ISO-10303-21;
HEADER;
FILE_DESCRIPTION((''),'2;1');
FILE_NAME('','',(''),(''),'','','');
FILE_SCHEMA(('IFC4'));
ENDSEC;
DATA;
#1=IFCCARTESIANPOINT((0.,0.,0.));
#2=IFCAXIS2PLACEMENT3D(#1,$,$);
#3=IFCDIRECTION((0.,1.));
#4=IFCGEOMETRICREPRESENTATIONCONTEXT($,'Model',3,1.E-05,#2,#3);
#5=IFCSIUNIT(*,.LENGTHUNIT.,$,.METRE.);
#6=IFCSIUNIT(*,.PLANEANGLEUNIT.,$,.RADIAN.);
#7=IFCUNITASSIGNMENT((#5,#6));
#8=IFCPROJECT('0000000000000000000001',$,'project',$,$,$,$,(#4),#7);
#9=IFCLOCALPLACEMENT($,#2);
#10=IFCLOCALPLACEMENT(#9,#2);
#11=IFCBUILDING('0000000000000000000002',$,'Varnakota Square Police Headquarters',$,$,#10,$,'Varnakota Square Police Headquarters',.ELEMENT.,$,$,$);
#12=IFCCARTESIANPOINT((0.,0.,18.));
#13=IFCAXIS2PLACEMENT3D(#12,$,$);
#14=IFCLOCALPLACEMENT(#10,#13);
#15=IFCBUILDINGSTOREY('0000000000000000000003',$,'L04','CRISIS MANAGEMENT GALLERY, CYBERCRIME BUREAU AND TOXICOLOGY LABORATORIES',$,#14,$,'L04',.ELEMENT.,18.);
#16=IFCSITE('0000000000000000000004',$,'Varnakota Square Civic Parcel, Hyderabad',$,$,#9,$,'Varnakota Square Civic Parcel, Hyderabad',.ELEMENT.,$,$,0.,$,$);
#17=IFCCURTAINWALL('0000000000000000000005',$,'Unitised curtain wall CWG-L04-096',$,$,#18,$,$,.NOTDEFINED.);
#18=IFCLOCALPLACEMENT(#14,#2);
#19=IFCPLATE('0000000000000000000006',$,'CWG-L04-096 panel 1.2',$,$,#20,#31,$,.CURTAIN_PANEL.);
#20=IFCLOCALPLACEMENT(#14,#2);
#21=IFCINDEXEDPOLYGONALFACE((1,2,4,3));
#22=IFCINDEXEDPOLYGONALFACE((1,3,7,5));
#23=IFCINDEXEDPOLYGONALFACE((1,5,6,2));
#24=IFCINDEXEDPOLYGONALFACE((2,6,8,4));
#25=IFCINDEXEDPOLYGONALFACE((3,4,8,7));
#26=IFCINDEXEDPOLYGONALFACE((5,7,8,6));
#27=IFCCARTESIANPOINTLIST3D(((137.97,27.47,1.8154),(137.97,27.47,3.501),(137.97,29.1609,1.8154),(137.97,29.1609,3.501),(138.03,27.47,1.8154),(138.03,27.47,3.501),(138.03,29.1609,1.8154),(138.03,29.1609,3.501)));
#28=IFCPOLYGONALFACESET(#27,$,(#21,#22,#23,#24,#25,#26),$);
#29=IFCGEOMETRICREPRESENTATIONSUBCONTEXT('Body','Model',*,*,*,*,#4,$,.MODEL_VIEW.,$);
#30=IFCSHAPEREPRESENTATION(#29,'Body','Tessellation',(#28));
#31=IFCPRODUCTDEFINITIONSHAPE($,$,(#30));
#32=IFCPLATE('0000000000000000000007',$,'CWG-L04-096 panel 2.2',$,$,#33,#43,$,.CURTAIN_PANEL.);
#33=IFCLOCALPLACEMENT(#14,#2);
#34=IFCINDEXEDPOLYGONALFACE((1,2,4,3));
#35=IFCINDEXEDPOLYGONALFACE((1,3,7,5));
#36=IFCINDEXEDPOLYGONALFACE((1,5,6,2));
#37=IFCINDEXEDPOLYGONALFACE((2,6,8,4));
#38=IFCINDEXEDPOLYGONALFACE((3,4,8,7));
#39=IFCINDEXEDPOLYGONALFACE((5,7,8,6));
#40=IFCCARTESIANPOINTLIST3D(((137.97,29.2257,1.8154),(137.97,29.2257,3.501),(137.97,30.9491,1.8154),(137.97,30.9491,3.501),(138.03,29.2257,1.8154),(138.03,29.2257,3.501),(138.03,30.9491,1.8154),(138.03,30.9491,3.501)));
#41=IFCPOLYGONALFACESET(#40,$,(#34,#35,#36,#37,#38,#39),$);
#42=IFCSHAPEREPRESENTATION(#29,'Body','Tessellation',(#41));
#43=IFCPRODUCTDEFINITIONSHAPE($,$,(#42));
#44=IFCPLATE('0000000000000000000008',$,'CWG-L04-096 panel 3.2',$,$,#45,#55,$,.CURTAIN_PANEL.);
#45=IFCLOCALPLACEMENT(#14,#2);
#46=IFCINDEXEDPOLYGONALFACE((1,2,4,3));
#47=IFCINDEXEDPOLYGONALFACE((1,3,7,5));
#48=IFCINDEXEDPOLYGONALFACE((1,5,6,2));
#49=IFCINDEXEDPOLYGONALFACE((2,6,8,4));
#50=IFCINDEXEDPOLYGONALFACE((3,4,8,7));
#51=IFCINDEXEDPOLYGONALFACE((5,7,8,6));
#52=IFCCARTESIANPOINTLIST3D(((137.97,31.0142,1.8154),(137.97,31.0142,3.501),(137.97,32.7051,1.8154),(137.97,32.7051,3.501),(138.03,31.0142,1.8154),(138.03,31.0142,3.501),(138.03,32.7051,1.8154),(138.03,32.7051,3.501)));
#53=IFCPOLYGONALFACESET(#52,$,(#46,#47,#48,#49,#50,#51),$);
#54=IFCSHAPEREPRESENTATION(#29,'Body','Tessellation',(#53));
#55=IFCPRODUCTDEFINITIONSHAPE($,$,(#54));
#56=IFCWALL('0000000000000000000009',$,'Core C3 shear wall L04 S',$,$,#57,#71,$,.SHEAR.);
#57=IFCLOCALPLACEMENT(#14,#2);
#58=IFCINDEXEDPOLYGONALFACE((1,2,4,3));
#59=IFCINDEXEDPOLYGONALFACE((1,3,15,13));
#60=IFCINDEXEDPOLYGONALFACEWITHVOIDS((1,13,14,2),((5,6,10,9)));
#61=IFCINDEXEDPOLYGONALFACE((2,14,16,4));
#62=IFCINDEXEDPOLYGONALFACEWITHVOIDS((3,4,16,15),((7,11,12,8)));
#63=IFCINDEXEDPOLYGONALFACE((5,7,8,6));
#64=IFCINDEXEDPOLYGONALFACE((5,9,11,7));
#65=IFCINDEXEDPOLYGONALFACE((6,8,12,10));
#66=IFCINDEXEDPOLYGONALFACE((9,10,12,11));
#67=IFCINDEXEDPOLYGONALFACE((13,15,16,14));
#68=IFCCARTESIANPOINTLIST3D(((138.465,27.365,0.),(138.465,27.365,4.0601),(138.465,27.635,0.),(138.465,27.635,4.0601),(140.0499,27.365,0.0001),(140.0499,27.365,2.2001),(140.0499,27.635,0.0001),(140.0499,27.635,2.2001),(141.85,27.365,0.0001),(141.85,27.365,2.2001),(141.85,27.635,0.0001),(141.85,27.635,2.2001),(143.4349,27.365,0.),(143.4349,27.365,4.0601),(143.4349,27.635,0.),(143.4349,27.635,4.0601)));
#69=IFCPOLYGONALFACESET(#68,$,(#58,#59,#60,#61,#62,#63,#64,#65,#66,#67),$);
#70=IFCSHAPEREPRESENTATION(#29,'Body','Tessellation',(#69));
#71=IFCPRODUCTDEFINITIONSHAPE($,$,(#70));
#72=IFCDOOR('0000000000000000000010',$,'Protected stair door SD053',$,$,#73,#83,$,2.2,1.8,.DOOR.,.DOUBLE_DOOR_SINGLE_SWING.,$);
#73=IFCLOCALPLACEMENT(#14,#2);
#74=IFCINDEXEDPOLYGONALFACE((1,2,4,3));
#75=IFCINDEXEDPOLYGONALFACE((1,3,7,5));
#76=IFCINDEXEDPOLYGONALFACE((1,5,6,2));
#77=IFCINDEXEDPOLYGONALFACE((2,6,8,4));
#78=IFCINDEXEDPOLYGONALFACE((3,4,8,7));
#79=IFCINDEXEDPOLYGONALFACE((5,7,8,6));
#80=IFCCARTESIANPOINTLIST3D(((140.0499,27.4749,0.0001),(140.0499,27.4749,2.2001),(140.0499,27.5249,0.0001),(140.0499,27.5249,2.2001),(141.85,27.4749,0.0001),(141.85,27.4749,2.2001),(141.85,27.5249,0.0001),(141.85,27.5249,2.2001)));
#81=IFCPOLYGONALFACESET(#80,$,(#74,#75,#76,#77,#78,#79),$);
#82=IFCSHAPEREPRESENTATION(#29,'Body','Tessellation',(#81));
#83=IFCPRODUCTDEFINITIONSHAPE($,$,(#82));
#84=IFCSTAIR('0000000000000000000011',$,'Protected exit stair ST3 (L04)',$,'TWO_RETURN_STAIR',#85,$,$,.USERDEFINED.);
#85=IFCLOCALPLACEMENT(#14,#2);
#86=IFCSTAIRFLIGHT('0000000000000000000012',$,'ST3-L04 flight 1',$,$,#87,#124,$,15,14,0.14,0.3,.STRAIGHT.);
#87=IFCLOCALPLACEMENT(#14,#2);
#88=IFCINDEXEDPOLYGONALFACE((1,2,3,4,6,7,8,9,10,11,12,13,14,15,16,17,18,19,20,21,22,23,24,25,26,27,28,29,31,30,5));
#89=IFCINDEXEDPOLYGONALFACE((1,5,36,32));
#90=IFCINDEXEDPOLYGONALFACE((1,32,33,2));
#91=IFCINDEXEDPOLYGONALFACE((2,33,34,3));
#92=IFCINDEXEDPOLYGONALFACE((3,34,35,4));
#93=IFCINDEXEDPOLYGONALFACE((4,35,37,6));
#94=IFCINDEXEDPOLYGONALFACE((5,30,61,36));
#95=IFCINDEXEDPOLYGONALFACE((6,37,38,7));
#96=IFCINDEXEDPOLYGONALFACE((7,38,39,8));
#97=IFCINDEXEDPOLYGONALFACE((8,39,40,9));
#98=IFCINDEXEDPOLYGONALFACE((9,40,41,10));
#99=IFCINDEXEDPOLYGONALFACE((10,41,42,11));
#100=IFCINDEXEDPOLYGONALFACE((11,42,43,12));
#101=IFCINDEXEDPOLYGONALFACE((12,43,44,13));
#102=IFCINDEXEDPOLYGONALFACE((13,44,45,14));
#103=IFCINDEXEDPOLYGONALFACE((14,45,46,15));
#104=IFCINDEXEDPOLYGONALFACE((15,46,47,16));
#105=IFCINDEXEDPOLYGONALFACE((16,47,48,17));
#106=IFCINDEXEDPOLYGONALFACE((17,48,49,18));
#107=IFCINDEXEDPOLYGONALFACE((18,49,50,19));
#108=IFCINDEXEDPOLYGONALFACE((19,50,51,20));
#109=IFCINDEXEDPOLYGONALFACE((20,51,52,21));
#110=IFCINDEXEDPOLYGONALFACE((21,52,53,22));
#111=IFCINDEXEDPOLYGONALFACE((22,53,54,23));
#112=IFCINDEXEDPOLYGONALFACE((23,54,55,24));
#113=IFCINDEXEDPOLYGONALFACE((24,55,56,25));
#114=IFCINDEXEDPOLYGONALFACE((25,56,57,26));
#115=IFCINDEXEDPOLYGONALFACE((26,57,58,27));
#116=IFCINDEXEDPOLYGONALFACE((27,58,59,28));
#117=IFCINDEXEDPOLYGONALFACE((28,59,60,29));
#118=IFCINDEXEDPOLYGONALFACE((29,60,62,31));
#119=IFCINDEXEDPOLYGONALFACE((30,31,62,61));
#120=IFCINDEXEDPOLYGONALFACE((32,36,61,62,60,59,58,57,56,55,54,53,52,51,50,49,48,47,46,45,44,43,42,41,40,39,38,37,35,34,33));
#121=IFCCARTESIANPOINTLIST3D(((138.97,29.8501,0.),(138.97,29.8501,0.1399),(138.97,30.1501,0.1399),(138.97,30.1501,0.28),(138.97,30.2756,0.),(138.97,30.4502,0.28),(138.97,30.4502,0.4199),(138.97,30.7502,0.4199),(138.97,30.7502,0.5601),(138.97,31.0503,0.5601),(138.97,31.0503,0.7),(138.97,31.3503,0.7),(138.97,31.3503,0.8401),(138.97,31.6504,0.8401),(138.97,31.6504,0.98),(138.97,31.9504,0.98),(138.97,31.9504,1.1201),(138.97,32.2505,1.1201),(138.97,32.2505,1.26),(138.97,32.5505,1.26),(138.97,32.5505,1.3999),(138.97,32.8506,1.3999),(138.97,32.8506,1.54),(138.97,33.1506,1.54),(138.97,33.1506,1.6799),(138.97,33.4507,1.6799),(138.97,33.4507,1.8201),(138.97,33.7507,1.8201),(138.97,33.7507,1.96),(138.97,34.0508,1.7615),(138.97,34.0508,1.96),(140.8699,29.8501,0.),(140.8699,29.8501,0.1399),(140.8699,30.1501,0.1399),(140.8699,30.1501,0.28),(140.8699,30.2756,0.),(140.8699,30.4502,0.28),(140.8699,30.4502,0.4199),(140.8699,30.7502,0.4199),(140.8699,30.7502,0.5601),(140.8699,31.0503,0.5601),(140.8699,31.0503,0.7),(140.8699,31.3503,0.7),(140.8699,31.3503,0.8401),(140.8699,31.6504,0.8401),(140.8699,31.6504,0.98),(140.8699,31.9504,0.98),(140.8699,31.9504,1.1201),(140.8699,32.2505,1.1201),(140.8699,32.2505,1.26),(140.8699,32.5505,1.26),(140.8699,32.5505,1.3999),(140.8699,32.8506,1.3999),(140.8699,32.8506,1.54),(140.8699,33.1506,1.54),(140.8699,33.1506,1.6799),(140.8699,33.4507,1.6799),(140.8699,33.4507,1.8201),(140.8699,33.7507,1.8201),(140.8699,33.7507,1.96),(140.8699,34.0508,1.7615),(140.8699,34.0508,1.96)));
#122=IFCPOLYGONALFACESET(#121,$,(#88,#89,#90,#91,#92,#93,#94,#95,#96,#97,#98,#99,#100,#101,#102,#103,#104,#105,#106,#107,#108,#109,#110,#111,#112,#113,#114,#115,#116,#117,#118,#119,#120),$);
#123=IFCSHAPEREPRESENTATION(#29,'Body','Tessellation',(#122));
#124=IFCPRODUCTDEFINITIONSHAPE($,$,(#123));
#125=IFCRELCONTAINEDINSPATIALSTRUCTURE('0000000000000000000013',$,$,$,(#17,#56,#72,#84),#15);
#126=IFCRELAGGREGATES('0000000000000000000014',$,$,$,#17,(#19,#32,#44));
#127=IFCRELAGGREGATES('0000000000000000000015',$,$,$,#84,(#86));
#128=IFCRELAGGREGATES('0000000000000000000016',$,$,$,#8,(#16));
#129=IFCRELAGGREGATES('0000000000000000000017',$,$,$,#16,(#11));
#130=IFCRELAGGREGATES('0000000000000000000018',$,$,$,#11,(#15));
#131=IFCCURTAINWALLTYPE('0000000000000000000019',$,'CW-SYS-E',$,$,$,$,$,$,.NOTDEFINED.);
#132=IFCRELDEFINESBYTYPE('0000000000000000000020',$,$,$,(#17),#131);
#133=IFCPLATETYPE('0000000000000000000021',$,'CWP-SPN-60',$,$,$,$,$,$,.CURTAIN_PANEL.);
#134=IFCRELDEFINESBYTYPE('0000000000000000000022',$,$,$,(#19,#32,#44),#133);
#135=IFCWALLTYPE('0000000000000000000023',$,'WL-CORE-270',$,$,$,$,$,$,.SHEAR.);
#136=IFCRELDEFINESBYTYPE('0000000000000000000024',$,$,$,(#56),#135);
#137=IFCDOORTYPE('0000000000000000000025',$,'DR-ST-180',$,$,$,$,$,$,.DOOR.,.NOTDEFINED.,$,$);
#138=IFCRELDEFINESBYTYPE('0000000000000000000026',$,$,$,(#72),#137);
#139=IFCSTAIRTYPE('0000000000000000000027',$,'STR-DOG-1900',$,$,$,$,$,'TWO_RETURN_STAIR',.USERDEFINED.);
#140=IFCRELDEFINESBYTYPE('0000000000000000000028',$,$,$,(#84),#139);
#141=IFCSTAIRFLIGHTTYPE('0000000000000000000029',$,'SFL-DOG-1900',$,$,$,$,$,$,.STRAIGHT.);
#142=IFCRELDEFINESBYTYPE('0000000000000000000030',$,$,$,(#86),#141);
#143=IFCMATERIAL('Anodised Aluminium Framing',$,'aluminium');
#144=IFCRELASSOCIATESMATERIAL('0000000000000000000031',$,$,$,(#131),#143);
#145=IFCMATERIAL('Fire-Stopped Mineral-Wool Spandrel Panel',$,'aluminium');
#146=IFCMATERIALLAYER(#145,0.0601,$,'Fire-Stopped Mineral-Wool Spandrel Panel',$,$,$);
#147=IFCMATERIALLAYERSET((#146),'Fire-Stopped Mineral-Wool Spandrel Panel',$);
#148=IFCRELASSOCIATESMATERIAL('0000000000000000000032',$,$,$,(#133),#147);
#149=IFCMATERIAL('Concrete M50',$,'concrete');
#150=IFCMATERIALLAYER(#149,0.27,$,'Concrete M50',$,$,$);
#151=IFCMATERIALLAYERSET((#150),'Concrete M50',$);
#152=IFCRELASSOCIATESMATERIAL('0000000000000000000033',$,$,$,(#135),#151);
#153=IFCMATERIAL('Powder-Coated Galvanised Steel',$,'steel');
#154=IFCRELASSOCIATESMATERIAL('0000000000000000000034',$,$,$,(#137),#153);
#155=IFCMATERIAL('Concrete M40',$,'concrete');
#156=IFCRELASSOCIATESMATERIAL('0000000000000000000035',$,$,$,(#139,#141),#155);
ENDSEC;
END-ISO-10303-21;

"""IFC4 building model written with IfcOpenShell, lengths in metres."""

from ifc_helpers import new_model, si_unit, direction, frame, frame_2d, origin, origin_2d, place, context, subcontext, project, spatial, polyline, rectangle, outline, extrude, material, layer, layer_set, type_object, element, fill, aggregate, save


model = new_model("IFC4")

# Units and contexts
model_context = context("Model", 3, precision=1e-05, world=origin(), true_north=direction((0.0, 1.0)))
body_context = subcontext(model_context, "Body", "Model", "MODEL_VIEW")
ifc_project = project(units=[si_unit("LENGTHUNIT", "METRE"), si_unit("PLANEANGLEUNIT", "RADIAN")], contexts=[model_context])

# Site, building, storey
site_placement = place(None, origin())
site = spatial("IfcSite", under=ifc_project, at=site_placement, Name="Varnakota Square Civic Parcel, Hyderabad", LongName="Varnakota Square Civic Parcel, Hyderabad", CompositionType="ELEMENT", RefElevation=0.0)
building_placement = place(site_placement, origin())
building = spatial("IfcBuilding", under=site, at=building_placement, Name="Varnakota Square Police Headquarters", LongName="Varnakota Square Police Headquarters", CompositionType="ELEMENT")
storey_placement = place(building_placement, frame((0.0, 0.0, 18.0)))
storey = spatial("IfcBuildingStorey", under=building, at=storey_placement, Name="L04", Description="CRISIS MANAGEMENT GALLERY, CYBERCRIME BUREAU AND TOXICOLOGY LABORATORIES", LongName="L04", CompositionType="ELEMENT", Elevation=18.0)

# Curtain wall, plates
ifc_material_1 = material(Name="Anodised Aluminium Framing", Category="aluminium")
curtain_wall_type = type_object("IfcCurtainWallType", Name="CW-SYS-E", PredefinedType="NOTDEFINED", material=ifc_material_1)
curtain_wall_placement = place(storey_placement, origin())
curtain_wall = element("IfcCurtainWall", 1, at=curtain_wall_placement, inside=storey, type_object=curtain_wall_type, Name="Unitised curtain wall CWG-L04-096", PredefinedType="NOTDEFINED")
ifc_material_2 = material(Name="Fire-Stopped Mineral-Wool Spandrel Panel", Category="aluminium")
ifc_layer_1 = layer(ifc_material_2, 0.0601, Name="Fire-Stopped Mineral-Wool Spandrel Panel")
ifc_layer_set_1 = layer_set([ifc_layer_1], Name="Fire-Stopped Mineral-Wool Spandrel Panel")
plate_type_1 = type_object("IfcPlateType", Name="CWP-SPN-60", PredefinedType="CURTAIN_PANEL", material=ifc_layer_set_1)
plate_1_placement = place(storey_placement, frame((138.0, 28.3154, 1.8154), z_axis=(0.0, 0.0, 1.0), x_axis=(0.0, 1.0, 0.0)))
plate_1 = element("IfcPlate", 2, at=plate_1_placement, type_object=plate_type_1, Name="CWG-L04-096 panel 1.2", PredefinedType="CURTAIN_PANEL", context=body_context, shape_type="SweptSolid", body=[
    extrude(rectangle(XDim=1.6909, YDim=0.0601, at=origin_2d()), origin(), (0.0, 0.0, 1.0), 1.6855),
])
plate_2_placement = place(storey_placement, frame((138.0, 30.0874, 1.8154), z_axis=(0.0, 0.0, 1.0), x_axis=(0.0, 1.0, 0.0)))
plate_2 = element("IfcPlate", 3, at=plate_2_placement, type_object=plate_type_1, Name="CWG-L04-096 panel 2.2", PredefinedType="CURTAIN_PANEL", context=body_context, shape_type="SweptSolid", body=[
    extrude(rectangle(XDim=1.7234, YDim=0.0601, at=origin_2d()), origin(), (0.0, 0.0, 1.0), 1.6855),
])
plate_3_placement = place(storey_placement, frame((138.0, 31.8596, 1.8154), z_axis=(0.0, 0.0, 1.0), x_axis=(0.0, 1.0, 0.0)))
plate_3 = element("IfcPlate", 4, at=plate_3_placement, type_object=plate_type_1, Name="CWG-L04-096 panel 3.2", PredefinedType="CURTAIN_PANEL", context=body_context, shape_type="SweptSolid", body=[
    extrude(rectangle(XDim=1.6909, YDim=0.0601, at=origin_2d()), origin(), (0.0, 0.0, 1.0), 1.6855),
])
aggregate(curtain_wall, [plate_1, plate_2, plate_3])

# Wall, opening, door
ifc_material_3 = material(Name="Concrete M50", Category="concrete")
ifc_layer_2 = layer(ifc_material_3, 0.27, Name="Concrete M50")
ifc_layer_set_2 = layer_set([ifc_layer_2], Name="Concrete M50")
wall_type = type_object("IfcWallType", Name="WL-CORE-270", PredefinedType="SHEAR", material=ifc_layer_set_2)
wall_placement = place(storey_placement, frame((138.4651, 27.5, 0.0), z_axis=(0.0, 0.0, 1.0), x_axis=(1.0, 0.0, 0.0)))
wall = element("IfcWall", 5, at=wall_placement, inside=storey, type_object=wall_type, Name="Core C3 shear wall L04 S", PredefinedType="SHEAR", context=body_context, shape_type="SweptSolid", body=[
    extrude(rectangle(XDim=4.97, YDim=0.27, at=frame_2d((2.4849, 0.0))), origin(), (0.0, 0.0, 1.0), 4.0601),
])
opening_placement = place(wall_placement, frame((1.585, 0.0, 0.0)))
opening = element("IfcOpeningElement", 6, at=opening_placement, cuts=wall, PredefinedType="OPENING", context=body_context, shape_type="SweptSolid", body=[
    extrude(rectangle(XDim=1.8, YDim=2.2, at=frame_2d((0.8999, 1.1001))), frame((0.0, 0.145, 0.0), z_axis=(0.0, -1.0, 0.0), x_axis=(1.0, 0.0, 0.0)), (0.0, 0.0, 1.0), 0.29),
])
ifc_material_4 = material(Name="Powder-Coated Galvanised Steel", Category="steel")
door_type = type_object("IfcDoorType", Name="DR-ST-180", OperationType="NOTDEFINED", PredefinedType="DOOR", material=ifc_material_4)
door_placement = place(opening_placement, origin())
door = element("IfcDoor", 7, at=door_placement, inside=storey, type_object=door_type, Name="Protected stair door SD053", OperationType="DOUBLE_DOOR_SINGLE_SWING", OverallHeight=2.2, OverallWidth=1.8, PredefinedType="DOOR", context=body_context, shape_type="SweptSolid", body=[
    extrude(rectangle(XDim=1.8, YDim=2.2, at=frame_2d((0.8999, 1.1001))), frame((0.0, 0.0249, 0.0), z_axis=(0.0, -1.0, 0.0), x_axis=(1.0, 0.0, 0.0)), (0.0, 0.0, 1.0), 0.05),
])
fill(opening, door)

# Stair, stair flight
ifc_material_5 = material(Name="Concrete M40", Category="concrete")
stair_type = type_object("IfcStairType", Name="STR-DOG-1900", ElementType="TWO_RETURN_STAIR", PredefinedType="USERDEFINED", material=ifc_material_5)
stair_placement = place(storey_placement, origin())
stair = element("IfcStair", 8, at=stair_placement, inside=storey, type_object=stair_type, Name="Protected exit stair ST3 (L04)", ObjectType="TWO_RETURN_STAIR", PredefinedType="USERDEFINED")
stair_flight_type = type_object("IfcStairFlightType", Name="SFL-DOG-1900", PredefinedType="STRAIGHT", material=ifc_material_5)
stair_flight_placement = place(storey_placement, frame((139.9199, 29.8501, 0.0), z_axis=(0.0, 0.0, 1.0), x_axis=(0.0, 1.0, 0.0)))
stair_flight = element("IfcStairFlight", 9, at=stair_flight_placement, type_object=stair_flight_type, Name="ST3-L04 flight 1", NumberOfRisers=15, NumberOfTreads=14, PredefinedType="STRAIGHT", RiserHeight=0.14, TreadLength=0.3, context=body_context, shape_type="SweptSolid", body=[
    extrude(outline(polyline([(0.0, 0.0), (0.0, 0.1399), (0.3, 0.1399), (0.3, 0.28), (0.6001, 0.28), (0.6001, 0.4199), (0.9001, 0.4199), (0.9001, 0.5601), (1.2002, 0.5601), (1.2002, 0.7), (1.5002, 0.7), (1.5002, 0.8401), (1.8003, 0.8401), (1.8003, 0.98), (2.1003, 0.98), (2.1003, 1.1201), (2.4004, 1.1201), (2.4004, 1.26), (2.7004, 1.26), (2.7004, 1.3999), (3.0005, 1.3999), (3.0005, 1.54), (3.3005, 1.54), (3.3005, 1.6799), (3.6006, 1.6799), (3.6006, 1.8201), (3.9006, 1.8201), (3.9006, 1.96), (4.2007, 1.96), (4.2007, 2.1001), (4.2007, 1.7615), (0.4255, 0.0), (0.0, 0.0)])), frame((0.0, 0.95, 0.0), z_axis=(0.0, -1.0, 0.0), x_axis=(1.0, 0.0, 0.0)), (0.0, 0.0, 1.0), 1.8999),
])
aggregate(stair, [stair_flight])

save(model, "model.ifc")
